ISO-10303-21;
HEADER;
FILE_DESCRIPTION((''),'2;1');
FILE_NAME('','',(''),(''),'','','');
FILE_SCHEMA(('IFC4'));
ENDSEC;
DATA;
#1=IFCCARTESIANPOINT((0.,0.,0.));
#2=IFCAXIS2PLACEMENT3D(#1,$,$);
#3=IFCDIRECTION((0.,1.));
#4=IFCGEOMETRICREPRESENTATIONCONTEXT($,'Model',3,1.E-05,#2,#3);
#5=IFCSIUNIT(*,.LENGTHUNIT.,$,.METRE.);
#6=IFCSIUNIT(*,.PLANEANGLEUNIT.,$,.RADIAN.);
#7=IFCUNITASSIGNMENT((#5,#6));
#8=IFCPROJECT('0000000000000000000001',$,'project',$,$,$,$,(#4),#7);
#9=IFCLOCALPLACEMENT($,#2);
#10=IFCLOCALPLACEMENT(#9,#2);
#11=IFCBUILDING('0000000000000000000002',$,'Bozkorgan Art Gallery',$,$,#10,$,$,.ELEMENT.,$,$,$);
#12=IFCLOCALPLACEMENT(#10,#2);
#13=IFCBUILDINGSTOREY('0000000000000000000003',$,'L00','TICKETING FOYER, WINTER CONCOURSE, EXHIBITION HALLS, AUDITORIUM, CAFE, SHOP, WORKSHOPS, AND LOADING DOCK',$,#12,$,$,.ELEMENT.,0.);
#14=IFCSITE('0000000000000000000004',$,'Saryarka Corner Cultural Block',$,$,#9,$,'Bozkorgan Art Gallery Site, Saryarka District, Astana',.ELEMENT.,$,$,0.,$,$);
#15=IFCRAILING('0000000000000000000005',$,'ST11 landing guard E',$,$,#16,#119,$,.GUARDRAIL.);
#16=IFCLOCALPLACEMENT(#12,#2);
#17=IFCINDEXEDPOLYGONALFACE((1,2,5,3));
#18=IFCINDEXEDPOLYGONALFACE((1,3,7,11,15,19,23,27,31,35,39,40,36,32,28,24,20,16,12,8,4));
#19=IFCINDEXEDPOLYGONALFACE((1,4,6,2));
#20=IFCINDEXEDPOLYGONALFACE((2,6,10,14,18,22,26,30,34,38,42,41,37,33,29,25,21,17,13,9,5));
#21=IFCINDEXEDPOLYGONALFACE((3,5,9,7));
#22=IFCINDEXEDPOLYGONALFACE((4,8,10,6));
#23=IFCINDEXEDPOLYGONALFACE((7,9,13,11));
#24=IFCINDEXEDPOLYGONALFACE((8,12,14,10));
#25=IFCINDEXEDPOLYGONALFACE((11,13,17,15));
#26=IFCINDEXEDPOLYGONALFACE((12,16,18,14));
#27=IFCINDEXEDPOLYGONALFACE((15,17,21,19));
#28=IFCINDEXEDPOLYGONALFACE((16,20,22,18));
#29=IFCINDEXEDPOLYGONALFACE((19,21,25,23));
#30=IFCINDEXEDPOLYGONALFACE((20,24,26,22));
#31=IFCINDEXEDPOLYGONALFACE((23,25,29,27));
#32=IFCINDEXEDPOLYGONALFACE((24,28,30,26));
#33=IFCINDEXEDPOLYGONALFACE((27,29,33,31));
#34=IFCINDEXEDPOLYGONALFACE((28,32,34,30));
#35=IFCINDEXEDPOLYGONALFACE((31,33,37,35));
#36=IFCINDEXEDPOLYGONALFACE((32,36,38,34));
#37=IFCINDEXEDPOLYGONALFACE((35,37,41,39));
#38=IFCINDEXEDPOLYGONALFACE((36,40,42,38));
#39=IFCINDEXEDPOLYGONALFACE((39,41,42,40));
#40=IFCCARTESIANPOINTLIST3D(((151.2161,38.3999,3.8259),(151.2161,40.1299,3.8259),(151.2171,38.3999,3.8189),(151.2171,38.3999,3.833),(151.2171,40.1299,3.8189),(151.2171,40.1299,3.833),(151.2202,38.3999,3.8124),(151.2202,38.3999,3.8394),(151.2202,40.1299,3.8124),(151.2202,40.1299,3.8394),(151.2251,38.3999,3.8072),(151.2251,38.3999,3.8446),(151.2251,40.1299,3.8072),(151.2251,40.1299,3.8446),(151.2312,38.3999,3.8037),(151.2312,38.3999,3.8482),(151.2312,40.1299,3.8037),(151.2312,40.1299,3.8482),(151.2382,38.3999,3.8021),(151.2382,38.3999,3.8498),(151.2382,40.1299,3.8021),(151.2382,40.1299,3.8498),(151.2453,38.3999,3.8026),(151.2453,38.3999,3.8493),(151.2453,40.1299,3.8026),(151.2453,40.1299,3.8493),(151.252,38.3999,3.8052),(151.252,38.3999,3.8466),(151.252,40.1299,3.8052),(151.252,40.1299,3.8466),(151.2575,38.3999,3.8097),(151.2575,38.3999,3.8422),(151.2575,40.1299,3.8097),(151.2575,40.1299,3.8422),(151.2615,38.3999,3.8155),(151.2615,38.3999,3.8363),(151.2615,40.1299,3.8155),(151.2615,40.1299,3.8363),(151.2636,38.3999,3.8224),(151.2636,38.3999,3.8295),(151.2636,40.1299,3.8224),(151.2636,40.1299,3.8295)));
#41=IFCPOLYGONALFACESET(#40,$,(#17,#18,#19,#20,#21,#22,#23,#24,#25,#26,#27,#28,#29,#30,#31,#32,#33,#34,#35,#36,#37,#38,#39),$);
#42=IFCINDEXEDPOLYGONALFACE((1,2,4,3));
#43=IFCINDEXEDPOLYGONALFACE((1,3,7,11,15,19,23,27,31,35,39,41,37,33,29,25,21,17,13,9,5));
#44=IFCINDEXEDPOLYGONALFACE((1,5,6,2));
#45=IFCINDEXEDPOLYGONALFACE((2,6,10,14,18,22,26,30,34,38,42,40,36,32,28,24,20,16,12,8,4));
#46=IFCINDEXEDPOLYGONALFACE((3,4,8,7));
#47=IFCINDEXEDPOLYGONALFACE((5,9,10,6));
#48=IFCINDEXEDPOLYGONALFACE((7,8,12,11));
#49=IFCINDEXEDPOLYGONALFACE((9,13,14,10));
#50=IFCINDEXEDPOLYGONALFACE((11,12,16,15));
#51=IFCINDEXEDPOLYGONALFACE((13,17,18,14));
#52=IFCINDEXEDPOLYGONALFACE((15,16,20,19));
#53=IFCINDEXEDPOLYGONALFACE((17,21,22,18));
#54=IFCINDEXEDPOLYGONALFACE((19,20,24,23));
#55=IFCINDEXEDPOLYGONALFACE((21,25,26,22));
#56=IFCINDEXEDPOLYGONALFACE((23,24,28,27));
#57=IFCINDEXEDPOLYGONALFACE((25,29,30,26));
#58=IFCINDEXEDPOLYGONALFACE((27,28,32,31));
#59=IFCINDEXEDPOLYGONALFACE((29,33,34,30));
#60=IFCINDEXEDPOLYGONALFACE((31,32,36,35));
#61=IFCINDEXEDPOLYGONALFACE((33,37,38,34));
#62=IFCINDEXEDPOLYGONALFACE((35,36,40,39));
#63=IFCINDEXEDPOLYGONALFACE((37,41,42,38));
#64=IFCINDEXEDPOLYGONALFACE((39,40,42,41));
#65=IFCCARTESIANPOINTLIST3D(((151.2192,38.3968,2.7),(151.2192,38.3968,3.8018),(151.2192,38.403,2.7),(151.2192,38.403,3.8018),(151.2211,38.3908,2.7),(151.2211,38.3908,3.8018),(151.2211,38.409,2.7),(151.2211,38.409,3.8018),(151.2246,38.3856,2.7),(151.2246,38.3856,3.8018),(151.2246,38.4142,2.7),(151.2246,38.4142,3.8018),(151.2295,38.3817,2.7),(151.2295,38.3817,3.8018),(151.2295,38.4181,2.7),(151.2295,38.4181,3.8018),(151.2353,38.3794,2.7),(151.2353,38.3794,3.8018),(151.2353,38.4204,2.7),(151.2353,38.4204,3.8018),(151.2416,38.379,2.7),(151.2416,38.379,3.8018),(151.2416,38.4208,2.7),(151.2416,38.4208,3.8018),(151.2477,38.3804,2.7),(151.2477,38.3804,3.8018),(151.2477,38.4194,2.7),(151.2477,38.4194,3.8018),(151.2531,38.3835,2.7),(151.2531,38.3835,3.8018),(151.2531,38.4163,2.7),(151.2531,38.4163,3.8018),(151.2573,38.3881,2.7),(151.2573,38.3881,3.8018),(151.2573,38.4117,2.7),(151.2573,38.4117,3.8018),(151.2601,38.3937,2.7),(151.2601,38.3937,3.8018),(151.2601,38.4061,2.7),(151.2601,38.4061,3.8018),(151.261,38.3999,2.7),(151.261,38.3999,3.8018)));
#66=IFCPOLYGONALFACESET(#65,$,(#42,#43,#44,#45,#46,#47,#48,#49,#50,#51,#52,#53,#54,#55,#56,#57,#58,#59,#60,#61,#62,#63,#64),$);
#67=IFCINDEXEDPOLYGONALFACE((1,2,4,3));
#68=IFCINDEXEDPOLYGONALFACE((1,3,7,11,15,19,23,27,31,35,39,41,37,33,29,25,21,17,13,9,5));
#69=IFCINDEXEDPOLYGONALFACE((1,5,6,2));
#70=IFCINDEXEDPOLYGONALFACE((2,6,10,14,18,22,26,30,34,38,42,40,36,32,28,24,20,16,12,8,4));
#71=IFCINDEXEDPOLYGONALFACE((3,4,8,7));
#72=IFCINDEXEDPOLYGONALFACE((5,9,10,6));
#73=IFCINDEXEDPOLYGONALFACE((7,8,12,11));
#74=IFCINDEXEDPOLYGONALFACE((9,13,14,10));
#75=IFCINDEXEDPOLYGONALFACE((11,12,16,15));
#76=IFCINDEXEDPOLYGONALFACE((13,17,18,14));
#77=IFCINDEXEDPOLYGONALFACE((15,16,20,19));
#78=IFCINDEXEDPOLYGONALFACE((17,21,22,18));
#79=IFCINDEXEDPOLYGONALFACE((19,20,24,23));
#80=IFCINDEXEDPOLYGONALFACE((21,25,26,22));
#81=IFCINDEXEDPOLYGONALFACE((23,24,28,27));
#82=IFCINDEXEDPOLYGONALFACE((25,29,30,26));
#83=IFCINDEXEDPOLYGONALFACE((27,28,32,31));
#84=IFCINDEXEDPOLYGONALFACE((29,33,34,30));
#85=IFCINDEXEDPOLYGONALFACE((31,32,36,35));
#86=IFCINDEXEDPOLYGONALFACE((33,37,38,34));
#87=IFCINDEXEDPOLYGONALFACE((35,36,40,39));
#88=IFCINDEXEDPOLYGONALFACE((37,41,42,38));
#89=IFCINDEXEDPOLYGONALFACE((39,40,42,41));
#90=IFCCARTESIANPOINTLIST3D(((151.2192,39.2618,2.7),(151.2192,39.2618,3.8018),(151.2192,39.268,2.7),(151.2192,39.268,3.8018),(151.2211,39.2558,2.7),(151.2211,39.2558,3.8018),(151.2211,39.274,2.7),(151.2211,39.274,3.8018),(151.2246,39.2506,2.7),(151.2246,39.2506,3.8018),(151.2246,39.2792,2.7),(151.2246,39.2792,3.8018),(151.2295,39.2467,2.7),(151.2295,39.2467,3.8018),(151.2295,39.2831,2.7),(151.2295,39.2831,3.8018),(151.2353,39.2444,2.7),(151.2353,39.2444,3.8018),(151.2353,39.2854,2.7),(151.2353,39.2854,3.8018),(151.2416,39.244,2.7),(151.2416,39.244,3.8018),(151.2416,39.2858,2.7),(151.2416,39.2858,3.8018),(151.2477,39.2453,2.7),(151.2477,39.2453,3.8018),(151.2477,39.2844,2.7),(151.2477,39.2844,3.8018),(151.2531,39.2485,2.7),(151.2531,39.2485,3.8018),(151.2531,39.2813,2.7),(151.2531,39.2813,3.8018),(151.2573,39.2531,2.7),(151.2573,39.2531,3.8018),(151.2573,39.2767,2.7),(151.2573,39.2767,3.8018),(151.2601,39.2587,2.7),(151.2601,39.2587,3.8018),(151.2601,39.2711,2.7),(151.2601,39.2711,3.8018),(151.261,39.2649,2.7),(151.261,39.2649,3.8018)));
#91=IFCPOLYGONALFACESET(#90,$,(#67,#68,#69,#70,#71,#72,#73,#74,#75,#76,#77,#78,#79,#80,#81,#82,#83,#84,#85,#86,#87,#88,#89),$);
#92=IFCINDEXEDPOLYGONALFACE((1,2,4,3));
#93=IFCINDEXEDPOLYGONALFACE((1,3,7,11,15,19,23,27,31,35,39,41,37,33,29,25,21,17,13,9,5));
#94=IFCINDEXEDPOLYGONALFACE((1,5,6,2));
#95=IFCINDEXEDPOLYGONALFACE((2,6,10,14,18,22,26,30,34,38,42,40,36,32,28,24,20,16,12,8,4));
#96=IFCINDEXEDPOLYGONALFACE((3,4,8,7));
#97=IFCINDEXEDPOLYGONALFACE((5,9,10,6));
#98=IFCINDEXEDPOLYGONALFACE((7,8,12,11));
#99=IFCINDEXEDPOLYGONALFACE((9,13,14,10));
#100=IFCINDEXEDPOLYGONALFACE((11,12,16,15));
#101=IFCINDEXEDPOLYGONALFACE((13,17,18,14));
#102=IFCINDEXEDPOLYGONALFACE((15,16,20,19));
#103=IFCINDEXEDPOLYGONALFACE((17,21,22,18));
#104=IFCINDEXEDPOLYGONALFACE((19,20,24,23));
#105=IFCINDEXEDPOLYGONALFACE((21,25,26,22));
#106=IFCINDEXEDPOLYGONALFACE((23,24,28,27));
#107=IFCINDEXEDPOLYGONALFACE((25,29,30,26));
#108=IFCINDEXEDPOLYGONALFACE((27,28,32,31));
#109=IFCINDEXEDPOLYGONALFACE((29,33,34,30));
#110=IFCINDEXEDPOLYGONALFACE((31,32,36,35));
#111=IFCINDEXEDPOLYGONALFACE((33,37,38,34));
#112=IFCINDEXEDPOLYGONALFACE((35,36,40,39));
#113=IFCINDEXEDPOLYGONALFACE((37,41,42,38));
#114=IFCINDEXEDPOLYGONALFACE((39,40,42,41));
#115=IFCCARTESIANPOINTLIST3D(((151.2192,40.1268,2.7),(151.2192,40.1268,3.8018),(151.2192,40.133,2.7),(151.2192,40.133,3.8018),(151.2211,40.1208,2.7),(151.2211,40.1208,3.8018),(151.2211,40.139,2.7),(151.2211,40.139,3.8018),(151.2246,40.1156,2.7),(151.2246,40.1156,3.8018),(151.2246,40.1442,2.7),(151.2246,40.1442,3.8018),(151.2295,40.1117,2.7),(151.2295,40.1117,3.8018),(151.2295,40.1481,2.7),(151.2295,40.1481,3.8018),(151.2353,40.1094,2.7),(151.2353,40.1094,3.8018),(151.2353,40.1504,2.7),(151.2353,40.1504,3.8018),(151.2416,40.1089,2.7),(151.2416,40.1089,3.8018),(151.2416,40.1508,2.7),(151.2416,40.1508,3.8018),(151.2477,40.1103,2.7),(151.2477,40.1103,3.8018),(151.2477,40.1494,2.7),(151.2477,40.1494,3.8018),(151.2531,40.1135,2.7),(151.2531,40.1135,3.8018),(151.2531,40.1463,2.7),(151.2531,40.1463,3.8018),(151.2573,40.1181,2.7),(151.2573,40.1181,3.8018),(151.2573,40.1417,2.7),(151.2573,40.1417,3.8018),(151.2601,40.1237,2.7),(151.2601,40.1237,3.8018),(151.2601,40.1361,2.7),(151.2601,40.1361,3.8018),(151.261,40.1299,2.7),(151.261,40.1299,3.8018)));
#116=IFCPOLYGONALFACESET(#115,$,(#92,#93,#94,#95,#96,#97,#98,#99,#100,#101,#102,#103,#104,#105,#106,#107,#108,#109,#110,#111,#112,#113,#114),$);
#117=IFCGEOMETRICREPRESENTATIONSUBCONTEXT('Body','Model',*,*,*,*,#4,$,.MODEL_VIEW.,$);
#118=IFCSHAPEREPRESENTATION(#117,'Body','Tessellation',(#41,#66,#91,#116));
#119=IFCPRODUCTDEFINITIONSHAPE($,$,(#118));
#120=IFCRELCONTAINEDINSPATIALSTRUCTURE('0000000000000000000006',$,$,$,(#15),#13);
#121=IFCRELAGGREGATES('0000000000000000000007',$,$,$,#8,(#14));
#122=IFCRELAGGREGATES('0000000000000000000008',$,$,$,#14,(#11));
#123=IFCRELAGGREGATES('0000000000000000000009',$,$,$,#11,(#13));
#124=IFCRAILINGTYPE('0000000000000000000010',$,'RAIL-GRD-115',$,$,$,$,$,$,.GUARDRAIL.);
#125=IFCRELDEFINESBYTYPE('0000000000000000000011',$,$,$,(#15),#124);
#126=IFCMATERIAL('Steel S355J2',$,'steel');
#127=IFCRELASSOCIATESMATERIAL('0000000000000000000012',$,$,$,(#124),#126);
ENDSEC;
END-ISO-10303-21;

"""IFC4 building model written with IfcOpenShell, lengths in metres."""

from ifc_helpers import new_model, si_unit, direction, frame, origin, origin_2d, place, context, subcontext, project, spatial, circle, extrude, material, type_object, element, save


model = new_model("IFC4")

# Units and contexts
model_context = context("Model", 3, precision=1e-05, world=origin(), true_north=direction((0.0, 1.0)))
body_context = subcontext(model_context, "Body", "Model", "MODEL_VIEW")
ifc_project = project(units=[si_unit("LENGTHUNIT", "METRE"), si_unit("PLANEANGLEUNIT", "RADIAN")], contexts=[model_context])

# Site, building, storey
site_placement = place(None, origin())
site = spatial("IfcSite", under=ifc_project, at=site_placement, Name="Saryarka Corner Cultural Block", LongName="Bozkorgan Art Gallery Site, Saryarka District, Astana", CompositionType="ELEMENT", RefElevation=0.0)
building_placement = place(site_placement, origin())
building = spatial("IfcBuilding", under=site, at=building_placement, Name="Bozkorgan Art Gallery", CompositionType="ELEMENT")
storey_placement = place(building_placement, origin())
storey = spatial("IfcBuildingStorey", under=building, at=storey_placement, Name="L00", Description="TICKETING FOYER, WINTER CONCOURSE, EXHIBITION HALLS, AUDITORIUM, CAFE, SHOP, WORKSHOPS, AND LOADING DOCK", CompositionType="ELEMENT", Elevation=0.0)

# Shared definitions
ifc_material_1 = material(Name="Steel S355J2", Category="steel")

# Railing
railing_type = type_object("IfcRailingType", Name="RAIL-GRD-115", PredefinedType="GUARDRAIL", material=ifc_material_1)
railing_1_placement = place(storey_placement, frame((151.24, 38.3999, 2.7)))
element("IfcRailing", 1, at=railing_1_placement, inside=storey, type_object=railing_type, Name="ST11 landing guard E", PredefinedType="GUARDRAIL", context=body_context, shape_type="SweptSolid", body=[
    extrude(circle(Radius=0.0239, at=origin_2d()), frame((0.0, 0.0, 1.126), z_axis=(0.0, 1.0, 0.0), x_axis=(-1.0, 0.0, 0.0)), (0.0, 0.0, 1.0), 1.73),
    extrude(circle(Radius=0.021, at=origin_2d()), origin(), (0.0, 0.0, 1.0), 1.1018),
    extrude(circle(Radius=0.021, at=origin_2d()), frame((0.0, 0.865, 0.0)), (0.0, 0.0, 1.0), 1.1018),
    extrude(circle(Radius=0.021, at=origin_2d()), frame((0.0, 1.73, 0.0)), (0.0, 0.0, 1.0), 1.1018),
])

save(model, "model.ifc")
